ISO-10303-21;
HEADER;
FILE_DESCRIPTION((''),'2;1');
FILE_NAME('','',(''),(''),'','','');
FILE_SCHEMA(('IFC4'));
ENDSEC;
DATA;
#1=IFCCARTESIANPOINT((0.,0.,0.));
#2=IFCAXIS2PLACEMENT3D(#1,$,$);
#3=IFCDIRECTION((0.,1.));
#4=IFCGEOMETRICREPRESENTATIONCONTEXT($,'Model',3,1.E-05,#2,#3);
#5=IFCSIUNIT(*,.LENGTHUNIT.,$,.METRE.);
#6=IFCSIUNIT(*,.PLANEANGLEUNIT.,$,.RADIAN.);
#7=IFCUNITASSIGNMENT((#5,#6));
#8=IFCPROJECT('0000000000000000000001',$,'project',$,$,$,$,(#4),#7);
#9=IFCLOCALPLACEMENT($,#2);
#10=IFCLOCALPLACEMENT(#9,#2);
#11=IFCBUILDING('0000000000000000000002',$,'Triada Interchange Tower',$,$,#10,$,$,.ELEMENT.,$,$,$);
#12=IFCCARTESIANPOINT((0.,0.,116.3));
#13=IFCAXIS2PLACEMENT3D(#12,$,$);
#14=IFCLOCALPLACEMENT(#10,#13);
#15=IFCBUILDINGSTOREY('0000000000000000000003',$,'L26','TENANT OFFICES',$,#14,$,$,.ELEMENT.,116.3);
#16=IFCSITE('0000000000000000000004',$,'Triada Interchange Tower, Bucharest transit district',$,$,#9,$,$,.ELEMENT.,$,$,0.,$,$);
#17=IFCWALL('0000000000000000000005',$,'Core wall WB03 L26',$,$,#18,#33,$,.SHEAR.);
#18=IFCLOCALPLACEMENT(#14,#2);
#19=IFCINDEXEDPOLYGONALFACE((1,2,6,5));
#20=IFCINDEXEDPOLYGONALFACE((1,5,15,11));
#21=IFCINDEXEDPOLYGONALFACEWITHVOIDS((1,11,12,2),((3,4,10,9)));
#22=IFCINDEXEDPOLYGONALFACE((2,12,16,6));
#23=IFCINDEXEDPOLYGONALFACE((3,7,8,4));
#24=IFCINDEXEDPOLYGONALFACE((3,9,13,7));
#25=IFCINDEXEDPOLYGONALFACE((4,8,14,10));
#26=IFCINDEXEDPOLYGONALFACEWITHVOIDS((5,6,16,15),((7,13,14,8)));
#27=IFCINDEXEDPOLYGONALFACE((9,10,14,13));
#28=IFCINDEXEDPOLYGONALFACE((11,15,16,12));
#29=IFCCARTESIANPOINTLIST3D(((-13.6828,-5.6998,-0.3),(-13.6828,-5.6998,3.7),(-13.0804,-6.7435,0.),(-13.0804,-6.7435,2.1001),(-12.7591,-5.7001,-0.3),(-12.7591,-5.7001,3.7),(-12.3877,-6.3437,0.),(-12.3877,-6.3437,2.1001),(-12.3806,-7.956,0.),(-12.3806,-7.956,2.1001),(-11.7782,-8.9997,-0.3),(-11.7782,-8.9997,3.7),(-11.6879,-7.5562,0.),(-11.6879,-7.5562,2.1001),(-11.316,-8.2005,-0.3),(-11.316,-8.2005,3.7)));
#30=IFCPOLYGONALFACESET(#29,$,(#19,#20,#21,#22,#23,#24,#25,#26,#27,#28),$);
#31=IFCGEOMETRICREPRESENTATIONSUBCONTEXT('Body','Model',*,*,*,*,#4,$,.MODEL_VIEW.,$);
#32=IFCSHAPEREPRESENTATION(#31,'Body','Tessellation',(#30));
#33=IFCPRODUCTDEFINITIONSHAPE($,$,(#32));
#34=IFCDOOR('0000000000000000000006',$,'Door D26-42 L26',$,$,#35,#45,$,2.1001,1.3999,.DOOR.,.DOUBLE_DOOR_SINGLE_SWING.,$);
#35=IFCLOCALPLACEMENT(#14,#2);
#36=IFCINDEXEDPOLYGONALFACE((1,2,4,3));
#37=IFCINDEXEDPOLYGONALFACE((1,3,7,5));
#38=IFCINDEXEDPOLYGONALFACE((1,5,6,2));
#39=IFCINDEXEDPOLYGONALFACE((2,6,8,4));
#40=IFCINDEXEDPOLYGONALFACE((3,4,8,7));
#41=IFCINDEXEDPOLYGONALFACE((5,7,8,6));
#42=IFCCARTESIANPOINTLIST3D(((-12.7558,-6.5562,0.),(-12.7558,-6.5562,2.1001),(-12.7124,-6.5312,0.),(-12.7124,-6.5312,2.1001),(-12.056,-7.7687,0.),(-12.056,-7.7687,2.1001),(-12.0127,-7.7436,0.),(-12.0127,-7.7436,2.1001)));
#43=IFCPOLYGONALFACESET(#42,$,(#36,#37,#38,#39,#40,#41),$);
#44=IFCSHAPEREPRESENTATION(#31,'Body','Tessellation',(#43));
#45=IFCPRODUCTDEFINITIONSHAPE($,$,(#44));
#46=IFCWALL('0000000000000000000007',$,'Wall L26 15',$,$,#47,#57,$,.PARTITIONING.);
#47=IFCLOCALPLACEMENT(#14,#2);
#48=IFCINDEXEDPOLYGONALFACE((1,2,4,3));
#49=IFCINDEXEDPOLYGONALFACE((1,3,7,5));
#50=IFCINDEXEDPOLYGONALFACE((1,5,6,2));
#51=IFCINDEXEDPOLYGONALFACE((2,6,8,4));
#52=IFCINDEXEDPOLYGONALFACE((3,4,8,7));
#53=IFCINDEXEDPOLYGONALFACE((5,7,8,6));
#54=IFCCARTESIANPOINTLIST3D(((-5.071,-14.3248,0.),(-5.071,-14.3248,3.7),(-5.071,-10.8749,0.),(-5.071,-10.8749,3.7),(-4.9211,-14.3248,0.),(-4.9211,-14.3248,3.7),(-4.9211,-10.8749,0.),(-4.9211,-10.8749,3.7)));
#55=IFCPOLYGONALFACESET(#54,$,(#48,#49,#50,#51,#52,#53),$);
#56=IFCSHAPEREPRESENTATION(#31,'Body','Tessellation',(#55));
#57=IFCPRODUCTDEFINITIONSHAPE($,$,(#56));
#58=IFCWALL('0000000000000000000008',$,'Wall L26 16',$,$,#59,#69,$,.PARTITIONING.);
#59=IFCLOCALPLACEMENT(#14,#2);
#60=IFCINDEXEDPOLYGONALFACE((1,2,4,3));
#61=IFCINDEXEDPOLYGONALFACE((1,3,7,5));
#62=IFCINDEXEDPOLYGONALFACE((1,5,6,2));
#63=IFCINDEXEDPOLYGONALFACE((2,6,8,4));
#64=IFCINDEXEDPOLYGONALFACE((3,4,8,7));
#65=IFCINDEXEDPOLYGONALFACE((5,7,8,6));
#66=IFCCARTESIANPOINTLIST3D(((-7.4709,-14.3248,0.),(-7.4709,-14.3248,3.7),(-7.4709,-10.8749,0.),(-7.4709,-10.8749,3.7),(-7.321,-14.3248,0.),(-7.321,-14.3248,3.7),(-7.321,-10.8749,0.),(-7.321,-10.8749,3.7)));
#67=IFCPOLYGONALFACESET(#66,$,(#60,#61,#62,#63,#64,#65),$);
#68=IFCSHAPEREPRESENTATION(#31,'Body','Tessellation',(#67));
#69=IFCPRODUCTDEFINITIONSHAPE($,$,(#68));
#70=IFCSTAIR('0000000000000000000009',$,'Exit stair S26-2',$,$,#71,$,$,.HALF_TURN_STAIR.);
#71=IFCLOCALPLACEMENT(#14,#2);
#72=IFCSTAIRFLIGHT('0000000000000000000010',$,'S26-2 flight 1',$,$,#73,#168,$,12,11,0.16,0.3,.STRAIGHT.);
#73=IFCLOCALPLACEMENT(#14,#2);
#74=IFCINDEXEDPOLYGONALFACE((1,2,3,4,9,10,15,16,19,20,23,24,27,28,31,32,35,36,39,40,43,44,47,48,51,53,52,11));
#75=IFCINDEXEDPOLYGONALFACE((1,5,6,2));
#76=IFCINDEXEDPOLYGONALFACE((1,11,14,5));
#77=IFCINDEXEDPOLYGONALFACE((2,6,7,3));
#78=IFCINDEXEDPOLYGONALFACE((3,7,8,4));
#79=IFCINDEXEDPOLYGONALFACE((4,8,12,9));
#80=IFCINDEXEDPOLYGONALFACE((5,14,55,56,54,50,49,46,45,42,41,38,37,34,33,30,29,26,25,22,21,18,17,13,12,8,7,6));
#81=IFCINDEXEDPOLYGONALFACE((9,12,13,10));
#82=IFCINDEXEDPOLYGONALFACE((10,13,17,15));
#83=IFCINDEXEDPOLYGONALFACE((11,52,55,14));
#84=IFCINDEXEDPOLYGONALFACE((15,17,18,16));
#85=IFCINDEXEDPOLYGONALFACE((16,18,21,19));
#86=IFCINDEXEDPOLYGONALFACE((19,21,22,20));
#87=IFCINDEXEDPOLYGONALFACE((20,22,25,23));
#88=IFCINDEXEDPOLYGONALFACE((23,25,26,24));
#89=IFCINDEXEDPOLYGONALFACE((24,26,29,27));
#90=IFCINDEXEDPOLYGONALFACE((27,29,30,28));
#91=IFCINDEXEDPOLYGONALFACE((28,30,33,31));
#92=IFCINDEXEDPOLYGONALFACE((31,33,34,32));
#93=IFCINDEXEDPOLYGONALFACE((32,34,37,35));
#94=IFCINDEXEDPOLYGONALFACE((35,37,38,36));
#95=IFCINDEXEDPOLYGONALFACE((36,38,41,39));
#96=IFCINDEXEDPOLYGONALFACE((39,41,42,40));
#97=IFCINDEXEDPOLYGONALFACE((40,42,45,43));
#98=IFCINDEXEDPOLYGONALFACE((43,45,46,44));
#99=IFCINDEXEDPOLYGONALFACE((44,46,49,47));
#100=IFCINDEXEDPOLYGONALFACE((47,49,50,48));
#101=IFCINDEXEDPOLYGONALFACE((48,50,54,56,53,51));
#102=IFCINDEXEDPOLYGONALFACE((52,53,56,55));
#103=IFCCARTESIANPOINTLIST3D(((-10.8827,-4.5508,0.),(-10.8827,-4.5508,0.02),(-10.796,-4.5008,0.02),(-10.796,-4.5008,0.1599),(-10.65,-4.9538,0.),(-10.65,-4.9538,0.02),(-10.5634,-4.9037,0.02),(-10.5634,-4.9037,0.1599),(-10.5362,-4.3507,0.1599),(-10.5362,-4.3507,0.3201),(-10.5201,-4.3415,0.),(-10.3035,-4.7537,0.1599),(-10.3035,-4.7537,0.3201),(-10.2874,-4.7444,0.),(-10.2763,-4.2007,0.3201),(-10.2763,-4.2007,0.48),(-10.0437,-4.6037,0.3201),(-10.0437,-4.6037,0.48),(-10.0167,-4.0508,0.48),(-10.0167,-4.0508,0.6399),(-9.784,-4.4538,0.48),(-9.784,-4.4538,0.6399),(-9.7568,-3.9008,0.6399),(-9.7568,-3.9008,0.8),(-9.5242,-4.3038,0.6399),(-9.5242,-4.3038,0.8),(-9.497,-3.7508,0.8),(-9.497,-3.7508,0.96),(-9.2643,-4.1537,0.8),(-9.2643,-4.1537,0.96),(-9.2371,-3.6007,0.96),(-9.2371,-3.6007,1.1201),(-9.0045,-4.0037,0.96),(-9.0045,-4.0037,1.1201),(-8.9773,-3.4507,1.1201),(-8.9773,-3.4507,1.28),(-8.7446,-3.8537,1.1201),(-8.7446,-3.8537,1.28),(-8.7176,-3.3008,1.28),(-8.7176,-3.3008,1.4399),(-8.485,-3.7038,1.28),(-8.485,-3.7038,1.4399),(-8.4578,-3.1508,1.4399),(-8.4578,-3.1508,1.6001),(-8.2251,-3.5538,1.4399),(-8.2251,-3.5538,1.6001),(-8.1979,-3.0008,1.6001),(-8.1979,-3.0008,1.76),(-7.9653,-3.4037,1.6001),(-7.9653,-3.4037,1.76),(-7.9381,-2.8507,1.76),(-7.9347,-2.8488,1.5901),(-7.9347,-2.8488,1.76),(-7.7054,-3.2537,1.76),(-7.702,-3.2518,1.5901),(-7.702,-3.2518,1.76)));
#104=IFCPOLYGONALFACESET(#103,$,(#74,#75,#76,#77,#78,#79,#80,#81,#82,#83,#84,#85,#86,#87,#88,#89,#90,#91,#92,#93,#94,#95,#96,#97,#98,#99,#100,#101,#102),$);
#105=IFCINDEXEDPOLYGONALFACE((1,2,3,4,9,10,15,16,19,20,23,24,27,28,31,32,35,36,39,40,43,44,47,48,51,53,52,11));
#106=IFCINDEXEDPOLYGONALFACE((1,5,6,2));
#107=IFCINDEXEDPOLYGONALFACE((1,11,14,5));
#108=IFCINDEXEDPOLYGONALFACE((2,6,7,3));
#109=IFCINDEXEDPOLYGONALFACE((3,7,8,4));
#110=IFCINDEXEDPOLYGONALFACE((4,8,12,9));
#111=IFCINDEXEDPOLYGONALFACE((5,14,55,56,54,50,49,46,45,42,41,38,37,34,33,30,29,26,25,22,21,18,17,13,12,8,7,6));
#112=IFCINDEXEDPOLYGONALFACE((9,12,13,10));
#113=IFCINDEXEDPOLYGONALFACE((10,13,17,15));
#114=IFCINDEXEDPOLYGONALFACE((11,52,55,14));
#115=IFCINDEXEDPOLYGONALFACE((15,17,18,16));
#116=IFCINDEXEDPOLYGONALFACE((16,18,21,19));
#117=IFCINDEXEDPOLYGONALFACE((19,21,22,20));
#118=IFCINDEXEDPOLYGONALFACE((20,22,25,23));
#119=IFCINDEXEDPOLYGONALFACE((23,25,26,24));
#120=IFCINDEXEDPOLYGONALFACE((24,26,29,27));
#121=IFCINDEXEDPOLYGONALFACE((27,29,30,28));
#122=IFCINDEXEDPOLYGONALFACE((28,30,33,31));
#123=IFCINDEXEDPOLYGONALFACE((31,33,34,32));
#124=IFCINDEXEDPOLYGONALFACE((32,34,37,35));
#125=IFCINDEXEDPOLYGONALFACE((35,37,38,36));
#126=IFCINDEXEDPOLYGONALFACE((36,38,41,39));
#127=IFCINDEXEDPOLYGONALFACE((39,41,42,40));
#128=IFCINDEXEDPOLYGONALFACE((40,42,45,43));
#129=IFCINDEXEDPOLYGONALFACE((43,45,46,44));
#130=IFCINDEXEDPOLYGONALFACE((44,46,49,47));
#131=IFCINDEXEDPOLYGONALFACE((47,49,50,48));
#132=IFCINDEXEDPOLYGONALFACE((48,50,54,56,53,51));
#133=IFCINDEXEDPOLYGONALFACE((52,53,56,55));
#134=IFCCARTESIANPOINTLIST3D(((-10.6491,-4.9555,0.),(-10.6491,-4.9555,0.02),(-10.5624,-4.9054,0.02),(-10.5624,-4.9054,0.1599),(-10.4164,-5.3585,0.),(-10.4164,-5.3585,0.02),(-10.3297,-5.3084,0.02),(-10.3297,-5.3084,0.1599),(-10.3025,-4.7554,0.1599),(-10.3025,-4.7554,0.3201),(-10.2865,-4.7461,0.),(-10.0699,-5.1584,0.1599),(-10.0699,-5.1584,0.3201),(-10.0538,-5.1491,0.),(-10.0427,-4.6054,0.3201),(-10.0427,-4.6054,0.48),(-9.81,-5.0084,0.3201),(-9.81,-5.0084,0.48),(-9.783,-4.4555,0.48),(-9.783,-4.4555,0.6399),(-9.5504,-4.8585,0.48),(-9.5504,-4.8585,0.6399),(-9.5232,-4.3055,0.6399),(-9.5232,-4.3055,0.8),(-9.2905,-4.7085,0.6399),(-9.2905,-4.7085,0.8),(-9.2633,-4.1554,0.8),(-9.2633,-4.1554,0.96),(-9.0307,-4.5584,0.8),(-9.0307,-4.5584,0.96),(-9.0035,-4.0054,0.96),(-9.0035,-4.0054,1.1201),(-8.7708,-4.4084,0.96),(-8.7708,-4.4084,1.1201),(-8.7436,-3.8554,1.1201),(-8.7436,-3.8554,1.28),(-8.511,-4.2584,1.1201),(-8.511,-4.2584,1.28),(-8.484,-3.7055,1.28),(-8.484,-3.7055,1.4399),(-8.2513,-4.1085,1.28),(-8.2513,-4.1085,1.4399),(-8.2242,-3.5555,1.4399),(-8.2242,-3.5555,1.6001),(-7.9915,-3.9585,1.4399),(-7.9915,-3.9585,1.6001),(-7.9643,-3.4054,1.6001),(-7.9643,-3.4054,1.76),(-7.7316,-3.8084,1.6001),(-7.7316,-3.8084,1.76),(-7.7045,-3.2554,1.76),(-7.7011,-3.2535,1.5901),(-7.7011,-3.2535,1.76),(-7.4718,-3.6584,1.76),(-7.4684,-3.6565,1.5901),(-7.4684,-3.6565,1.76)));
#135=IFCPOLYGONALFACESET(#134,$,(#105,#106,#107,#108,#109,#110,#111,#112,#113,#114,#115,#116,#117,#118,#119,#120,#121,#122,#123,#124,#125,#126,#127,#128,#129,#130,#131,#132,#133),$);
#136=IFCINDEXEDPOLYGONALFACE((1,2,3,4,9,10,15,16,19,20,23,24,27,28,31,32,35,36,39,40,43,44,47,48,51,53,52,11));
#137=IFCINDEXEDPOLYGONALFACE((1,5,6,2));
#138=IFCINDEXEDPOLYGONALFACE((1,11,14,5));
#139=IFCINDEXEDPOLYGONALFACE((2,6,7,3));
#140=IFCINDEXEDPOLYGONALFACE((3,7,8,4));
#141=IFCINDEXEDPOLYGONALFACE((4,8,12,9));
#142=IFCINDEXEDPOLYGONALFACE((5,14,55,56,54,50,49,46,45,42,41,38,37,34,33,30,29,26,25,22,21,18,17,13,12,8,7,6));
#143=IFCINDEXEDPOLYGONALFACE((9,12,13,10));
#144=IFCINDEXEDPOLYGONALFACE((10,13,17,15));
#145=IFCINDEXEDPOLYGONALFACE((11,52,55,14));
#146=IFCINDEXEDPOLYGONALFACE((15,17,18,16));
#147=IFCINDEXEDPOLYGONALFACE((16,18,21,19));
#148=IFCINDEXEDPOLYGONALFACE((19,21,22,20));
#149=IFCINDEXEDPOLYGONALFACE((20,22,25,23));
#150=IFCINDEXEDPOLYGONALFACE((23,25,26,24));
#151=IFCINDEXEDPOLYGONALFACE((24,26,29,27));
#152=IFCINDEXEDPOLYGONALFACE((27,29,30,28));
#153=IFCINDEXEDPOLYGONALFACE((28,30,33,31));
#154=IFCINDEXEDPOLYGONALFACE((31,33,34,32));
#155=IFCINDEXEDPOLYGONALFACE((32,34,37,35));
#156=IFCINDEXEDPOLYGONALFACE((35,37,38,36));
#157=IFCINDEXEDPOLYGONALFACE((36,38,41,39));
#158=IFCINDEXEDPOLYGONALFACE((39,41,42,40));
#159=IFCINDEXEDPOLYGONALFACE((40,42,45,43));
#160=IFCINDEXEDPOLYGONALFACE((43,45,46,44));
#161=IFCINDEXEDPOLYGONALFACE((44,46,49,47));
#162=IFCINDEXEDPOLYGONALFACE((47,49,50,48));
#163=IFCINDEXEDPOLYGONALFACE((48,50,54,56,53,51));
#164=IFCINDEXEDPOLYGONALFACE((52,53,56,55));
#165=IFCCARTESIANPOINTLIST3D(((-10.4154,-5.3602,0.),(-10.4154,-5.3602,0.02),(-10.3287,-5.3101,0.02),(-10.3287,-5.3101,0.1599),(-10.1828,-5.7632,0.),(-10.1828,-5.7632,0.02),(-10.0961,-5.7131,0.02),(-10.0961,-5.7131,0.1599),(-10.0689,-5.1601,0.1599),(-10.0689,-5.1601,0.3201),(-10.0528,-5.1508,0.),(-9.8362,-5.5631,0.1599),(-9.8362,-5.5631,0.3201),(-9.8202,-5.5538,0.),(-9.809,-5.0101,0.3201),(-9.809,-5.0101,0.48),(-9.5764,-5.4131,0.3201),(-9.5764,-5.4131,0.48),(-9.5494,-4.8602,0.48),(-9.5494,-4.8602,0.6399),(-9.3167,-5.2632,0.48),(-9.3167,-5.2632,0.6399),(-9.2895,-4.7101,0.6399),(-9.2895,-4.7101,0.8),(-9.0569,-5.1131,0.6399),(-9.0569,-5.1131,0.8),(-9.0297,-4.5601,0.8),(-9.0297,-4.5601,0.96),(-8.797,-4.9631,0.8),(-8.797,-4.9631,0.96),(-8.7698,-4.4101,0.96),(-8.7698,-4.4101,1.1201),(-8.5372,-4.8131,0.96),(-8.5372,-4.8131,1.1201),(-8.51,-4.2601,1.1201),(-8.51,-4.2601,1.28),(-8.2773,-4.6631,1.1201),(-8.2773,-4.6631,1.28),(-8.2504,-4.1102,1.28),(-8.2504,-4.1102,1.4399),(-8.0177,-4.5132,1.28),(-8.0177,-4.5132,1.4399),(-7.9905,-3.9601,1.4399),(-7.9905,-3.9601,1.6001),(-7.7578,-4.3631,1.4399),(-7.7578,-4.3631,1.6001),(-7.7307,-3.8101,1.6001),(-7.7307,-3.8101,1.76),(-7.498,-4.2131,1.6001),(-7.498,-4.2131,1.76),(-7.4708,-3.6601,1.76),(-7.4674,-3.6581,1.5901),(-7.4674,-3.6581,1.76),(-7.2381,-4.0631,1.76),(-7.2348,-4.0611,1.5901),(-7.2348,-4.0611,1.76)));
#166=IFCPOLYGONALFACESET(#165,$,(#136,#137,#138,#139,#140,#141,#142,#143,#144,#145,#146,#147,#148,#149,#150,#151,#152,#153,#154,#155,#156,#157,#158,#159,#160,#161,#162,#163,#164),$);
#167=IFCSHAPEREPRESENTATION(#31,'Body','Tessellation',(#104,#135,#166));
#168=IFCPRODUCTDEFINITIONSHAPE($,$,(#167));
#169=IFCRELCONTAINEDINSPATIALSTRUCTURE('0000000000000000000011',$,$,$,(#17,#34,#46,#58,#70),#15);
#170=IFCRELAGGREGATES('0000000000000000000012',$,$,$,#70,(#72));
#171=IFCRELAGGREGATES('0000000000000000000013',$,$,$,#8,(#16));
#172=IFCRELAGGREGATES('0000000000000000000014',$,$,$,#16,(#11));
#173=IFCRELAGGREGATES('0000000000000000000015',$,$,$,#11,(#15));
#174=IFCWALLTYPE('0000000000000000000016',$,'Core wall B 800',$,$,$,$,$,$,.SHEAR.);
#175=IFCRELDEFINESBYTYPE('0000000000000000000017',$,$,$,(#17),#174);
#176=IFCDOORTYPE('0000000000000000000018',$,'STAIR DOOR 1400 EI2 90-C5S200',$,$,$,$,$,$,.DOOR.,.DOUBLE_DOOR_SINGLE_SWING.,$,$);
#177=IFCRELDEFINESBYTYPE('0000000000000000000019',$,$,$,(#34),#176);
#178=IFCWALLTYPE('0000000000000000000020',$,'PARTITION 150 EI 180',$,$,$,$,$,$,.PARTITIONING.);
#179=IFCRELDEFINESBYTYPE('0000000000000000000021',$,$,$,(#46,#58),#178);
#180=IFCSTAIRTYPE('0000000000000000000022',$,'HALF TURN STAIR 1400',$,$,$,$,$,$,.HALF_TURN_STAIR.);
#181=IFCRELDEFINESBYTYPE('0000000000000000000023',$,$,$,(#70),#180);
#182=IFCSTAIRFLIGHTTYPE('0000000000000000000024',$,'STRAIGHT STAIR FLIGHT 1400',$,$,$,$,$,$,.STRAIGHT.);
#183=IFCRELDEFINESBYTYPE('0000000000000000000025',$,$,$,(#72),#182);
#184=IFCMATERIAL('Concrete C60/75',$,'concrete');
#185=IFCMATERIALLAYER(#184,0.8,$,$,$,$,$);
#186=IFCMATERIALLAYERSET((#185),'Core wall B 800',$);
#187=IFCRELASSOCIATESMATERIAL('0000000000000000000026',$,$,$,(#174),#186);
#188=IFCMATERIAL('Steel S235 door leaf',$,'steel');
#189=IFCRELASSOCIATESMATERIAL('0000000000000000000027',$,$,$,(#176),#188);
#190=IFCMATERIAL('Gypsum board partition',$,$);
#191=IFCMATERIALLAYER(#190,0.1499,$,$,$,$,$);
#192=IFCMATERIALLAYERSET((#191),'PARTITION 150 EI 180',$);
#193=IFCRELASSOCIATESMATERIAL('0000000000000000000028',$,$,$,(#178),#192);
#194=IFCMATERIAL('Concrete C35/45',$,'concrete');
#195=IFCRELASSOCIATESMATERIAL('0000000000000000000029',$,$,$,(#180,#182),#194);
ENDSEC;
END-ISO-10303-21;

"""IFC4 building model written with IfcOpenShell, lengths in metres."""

from ifc_helpers import new_model, si_unit, direction, frame, frame_2d, origin, place, context, subcontext, project, spatial, polyline, rectangle, outline, extrude, material, layer, layer_set, type_object, element, fill, aggregate, save


model = new_model("IFC4")

# Units and contexts
model_context = context("Model", 3, precision=1e-05, world=origin(), true_north=direction((0.0, 1.0)))
body_context = subcontext(model_context, "Body", "Model", "MODEL_VIEW")
ifc_project = project(units=[si_unit("LENGTHUNIT", "METRE"), si_unit("PLANEANGLEUNIT", "RADIAN")], contexts=[model_context])

# Site, building, storey
site_placement = place(None, origin())
site = spatial("IfcSite", under=ifc_project, at=site_placement, Name="Triada Interchange Tower, Bucharest transit district", CompositionType="ELEMENT", RefElevation=0.0)
building_placement = place(site_placement, origin())
building = spatial("IfcBuilding", under=site, at=building_placement, Name="Triada Interchange Tower", CompositionType="ELEMENT")
storey_placement = place(building_placement, frame((0.0, 0.0, 116.3)))
storey = spatial("IfcBuildingStorey", under=building, at=storey_placement, Name="L26", Description="TENANT OFFICES", CompositionType="ELEMENT", Elevation=116.3)

# Shared definitions
ifc_material_1 = material(Name="Steel S235 door leaf", Category="steel")

# Wall, opening, door
ifc_material_2 = material(Name="Concrete C60/75", Category="concrete")
ifc_layer_1 = layer(ifc_material_2, 0.8)
ifc_layer_set_1 = layer_set([ifc_layer_1], Name="Core wall B 800")
wall_type_1 = type_object("IfcWallType", Name="Core wall B 800", PredefinedType="SHEAR", material=ifc_layer_set_1)
wall_1_placement = place(storey_placement, frame((-13.2209, -5.7, -0.3), z_axis=(0.0, 0.0, 1.0), x_axis=(0.499872, -0.866099, 0.0)))
wall_1 = element("IfcWall", 1, at=wall_1_placement, inside=storey, type_object=wall_type_1, Name="Core wall WB03 L26", PredefinedType="SHEAR", context=body_context, shape_type="SweptSolid", body=[
    extrude(outline(polyline([(-0.231, -0.3999), (1.6741, -0.3999), (3.5791, -0.3999), (3.1179, 0.3999), (1.6743, 0.3999), (0.231, 0.3999), (-0.231, -0.3999)])), origin(), (0.0, 0.0, 1.0), 4.0),
])
opening_1_placement = place(wall_1_placement, frame((0.9741, 0.0, 0.3)))
opening_1 = element("IfcOpeningElement", 2, at=opening_1_placement, cuts=wall_1, PredefinedType="OPENING", context=body_context, shape_type="SweptSolid", body=[
    extrude(rectangle(XDim=1.3999, YDim=2.1001, at=frame_2d((0.7, 1.05))), frame((0.0, 0.4099, 0.0), z_axis=(0.0, -1.0, 0.0), x_axis=(1.0, 0.0, 0.0)), (0.0, 0.0, 1.0), 0.8201),
])
door_type_1 = type_object("IfcDoorType", Name="STAIR DOOR 1400 EI2 90-C5S200", OperationType="DOUBLE_DOOR_SINGLE_SWING", PredefinedType="DOOR", material=ifc_material_1)
door_1_placement = place(opening_1_placement, origin())
door_1 = element("IfcDoor", 3, at=door_1_placement, inside=storey, type_object=door_type_1, Name="Door D26-42 L26", OperationType="DOUBLE_DOOR_SINGLE_SWING", OverallHeight=2.1001, OverallWidth=1.3999, PredefinedType="DOOR", context=body_context, shape_type="SweptSolid", body=[
    extrude(rectangle(XDim=1.3999, YDim=2.1001, at=frame_2d((0.7, 1.05))), frame((0.0, 0.0249, 0.0), z_axis=(0.0, -1.0, 0.0), x_axis=(1.0, 0.0, 0.0)), (0.0, 0.0, 1.0), 0.05),
])
fill(opening_1, door_1)

# Walls
ifc_material_3 = material(Name="Gypsum board partition")
ifc_layer_2 = layer(ifc_material_3, 0.1499)
ifc_layer_set_2 = layer_set([ifc_layer_2], Name="PARTITION 150 EI 180")
wall_type_2 = type_object("IfcWallType", Name="PARTITION 150 EI 180", PredefinedType="PARTITIONING", material=ifc_layer_set_2)
for number, where, z_axis, x_axis, name in (
    (4, (-4.9961, -14.325, 0.0), (0.0, 0.0, 1.0), (0.0, 1.0, 0.0), "Wall L26 15"),
    (5, (-7.396, -14.325, 0.0), (0.0, 0.0, 1.0), (0.0, 1.0, 0.0), "Wall L26 16"),
):
    element("IfcWall", number, at=place(storey_placement, frame(where, z_axis=z_axis, x_axis=x_axis)), inside=storey, type_object=wall_type_2, Name=name, PredefinedType="PARTITIONING", context=body_context, shape_type="SweptSolid", body=[
        extrude(rectangle(XDim=3.45, YDim=0.1499, at=frame_2d((1.7251, 0.0))), origin(), (0.0, 0.0, 1.0), 3.7),
    ])

# Stair, stair flight
ifc_material_4 = material(Name="Concrete C35/45", Category="concrete")
stair_type = type_object("IfcStairType", Name="HALF TURN STAIR 1400", PredefinedType="HALF_TURN_STAIR", material=ifc_material_4)
stair_placement = place(storey_placement, origin())
stair = element("IfcStair", 6, at=stair_placement, inside=storey, type_object=stair_type, Name="Exit stair S26-2", PredefinedType="HALF_TURN_STAIR")
stair_flight_type = type_object("IfcStairFlightType", Name="STRAIGHT STAIR FLIGHT 1400", PredefinedType="STRAIGHT", material=ifc_material_4)
stair_flight_1_placement = place(storey_placement, frame((-10.446, -5.1069, 0.0), z_axis=(0.0, 0.0, 1.0), x_axis=(0.866025, 0.5, 0.0)))
stair_flight_1 = element("IfcStairFlight", 7, at=stair_flight_1_placement, type_object=stair_flight_type, Name="S26-2 flight 1", NumberOfRisers=12, NumberOfTreads=11, PredefinedType="STRAIGHT", RiserHeight=0.16, TreadLength=0.3, context=body_context, shape_type="SweptSolid", body=[
    extrude(outline(polyline([(-0.1001, 0.0), (-0.1001, 0.02), (0.0, 0.02), (0.0, 0.1599), (0.3, 0.1599), (0.3, 0.3201), (0.6001, 0.3201), (0.6001, 0.48), (0.8999, 0.48), (0.8999, 0.6399), (1.2, 0.6399), (1.2, 0.8), (1.5, 0.8), (1.5, 0.96), (1.8, 0.96), (1.8, 1.1201), (2.1001, 1.1201), (2.1001, 1.28), (2.3999, 1.28), (2.3999, 1.4399), (2.7, 1.4399), (2.7, 1.6001), (3.0, 1.6001), (3.0, 1.76), (3.3, 1.76), (3.304, 1.76), (3.304, 1.9199), (3.304, 1.5901), (0.3186, 0.0), (-0.1001, 0.0)])), frame((0.0, 0.7, 0.0), z_axis=(0.0, -1.0, 0.0), x_axis=(1.0, 0.0, 0.0)), (0.0, 0.0, 1.0), 0.4653),
    extrude(outline(polyline([(-0.1001, 0.0), (-0.1001, 0.02), (0.0, 0.02), (0.0, 0.1599), (0.3, 0.1599), (0.3, 0.3201), (0.6001, 0.3201), (0.6001, 0.48), (0.8999, 0.48), (0.8999, 0.6399), (1.2, 0.6399), (1.2, 0.8), (1.5, 0.8), (1.5, 0.96), (1.8, 0.96), (1.8, 1.1201), (2.1001, 1.1201), (2.1001, 1.28), (2.3999, 1.28), (2.3999, 1.4399), (2.7, 1.4399), (2.7, 1.6001), (3.0, 1.6001), (3.0, 1.76), (3.3, 1.76), (3.304, 1.76), (3.304, 1.9199), (3.304, 1.5901), (0.3186, 0.0), (-0.1001, 0.0)])), frame((0.0, 0.2327, 0.0), z_axis=(0.0, -1.0, 0.0), x_axis=(1.0, 0.0, 0.0)), (0.0, 0.0, 1.0), 0.4653),
    extrude(outline(polyline([(-0.1001, 0.0), (-0.1001, 0.02), (0.0, 0.02), (0.0, 0.1599), (0.3, 0.1599), (0.3, 0.3201), (0.6001, 0.3201), (0.6001, 0.48), (0.8999, 0.48), (0.8999, 0.6399), (1.2, 0.6399), (1.2, 0.8), (1.5, 0.8), (1.5, 0.96), (1.8, 0.96), (1.8, 1.1201), (2.1001, 1.1201), (2.1001, 1.28), (2.3999, 1.28), (2.3999, 1.4399), (2.7, 1.4399), (2.7, 1.6001), (3.0, 1.6001), (3.0, 1.76), (3.3, 1.76), (3.304, 1.76), (3.304, 1.9199), (3.304, 1.5901), (0.3186, 0.0), (-0.1001, 0.0)])), frame((0.0, -0.2346, 0.0), z_axis=(0.0, -1.0, 0.0), x_axis=(1.0, 0.0, 0.0)), (0.0, 0.0, 1.0), 0.4653),
])
aggregate(stair, [stair_flight_1])

save(model, "model.ifc")
